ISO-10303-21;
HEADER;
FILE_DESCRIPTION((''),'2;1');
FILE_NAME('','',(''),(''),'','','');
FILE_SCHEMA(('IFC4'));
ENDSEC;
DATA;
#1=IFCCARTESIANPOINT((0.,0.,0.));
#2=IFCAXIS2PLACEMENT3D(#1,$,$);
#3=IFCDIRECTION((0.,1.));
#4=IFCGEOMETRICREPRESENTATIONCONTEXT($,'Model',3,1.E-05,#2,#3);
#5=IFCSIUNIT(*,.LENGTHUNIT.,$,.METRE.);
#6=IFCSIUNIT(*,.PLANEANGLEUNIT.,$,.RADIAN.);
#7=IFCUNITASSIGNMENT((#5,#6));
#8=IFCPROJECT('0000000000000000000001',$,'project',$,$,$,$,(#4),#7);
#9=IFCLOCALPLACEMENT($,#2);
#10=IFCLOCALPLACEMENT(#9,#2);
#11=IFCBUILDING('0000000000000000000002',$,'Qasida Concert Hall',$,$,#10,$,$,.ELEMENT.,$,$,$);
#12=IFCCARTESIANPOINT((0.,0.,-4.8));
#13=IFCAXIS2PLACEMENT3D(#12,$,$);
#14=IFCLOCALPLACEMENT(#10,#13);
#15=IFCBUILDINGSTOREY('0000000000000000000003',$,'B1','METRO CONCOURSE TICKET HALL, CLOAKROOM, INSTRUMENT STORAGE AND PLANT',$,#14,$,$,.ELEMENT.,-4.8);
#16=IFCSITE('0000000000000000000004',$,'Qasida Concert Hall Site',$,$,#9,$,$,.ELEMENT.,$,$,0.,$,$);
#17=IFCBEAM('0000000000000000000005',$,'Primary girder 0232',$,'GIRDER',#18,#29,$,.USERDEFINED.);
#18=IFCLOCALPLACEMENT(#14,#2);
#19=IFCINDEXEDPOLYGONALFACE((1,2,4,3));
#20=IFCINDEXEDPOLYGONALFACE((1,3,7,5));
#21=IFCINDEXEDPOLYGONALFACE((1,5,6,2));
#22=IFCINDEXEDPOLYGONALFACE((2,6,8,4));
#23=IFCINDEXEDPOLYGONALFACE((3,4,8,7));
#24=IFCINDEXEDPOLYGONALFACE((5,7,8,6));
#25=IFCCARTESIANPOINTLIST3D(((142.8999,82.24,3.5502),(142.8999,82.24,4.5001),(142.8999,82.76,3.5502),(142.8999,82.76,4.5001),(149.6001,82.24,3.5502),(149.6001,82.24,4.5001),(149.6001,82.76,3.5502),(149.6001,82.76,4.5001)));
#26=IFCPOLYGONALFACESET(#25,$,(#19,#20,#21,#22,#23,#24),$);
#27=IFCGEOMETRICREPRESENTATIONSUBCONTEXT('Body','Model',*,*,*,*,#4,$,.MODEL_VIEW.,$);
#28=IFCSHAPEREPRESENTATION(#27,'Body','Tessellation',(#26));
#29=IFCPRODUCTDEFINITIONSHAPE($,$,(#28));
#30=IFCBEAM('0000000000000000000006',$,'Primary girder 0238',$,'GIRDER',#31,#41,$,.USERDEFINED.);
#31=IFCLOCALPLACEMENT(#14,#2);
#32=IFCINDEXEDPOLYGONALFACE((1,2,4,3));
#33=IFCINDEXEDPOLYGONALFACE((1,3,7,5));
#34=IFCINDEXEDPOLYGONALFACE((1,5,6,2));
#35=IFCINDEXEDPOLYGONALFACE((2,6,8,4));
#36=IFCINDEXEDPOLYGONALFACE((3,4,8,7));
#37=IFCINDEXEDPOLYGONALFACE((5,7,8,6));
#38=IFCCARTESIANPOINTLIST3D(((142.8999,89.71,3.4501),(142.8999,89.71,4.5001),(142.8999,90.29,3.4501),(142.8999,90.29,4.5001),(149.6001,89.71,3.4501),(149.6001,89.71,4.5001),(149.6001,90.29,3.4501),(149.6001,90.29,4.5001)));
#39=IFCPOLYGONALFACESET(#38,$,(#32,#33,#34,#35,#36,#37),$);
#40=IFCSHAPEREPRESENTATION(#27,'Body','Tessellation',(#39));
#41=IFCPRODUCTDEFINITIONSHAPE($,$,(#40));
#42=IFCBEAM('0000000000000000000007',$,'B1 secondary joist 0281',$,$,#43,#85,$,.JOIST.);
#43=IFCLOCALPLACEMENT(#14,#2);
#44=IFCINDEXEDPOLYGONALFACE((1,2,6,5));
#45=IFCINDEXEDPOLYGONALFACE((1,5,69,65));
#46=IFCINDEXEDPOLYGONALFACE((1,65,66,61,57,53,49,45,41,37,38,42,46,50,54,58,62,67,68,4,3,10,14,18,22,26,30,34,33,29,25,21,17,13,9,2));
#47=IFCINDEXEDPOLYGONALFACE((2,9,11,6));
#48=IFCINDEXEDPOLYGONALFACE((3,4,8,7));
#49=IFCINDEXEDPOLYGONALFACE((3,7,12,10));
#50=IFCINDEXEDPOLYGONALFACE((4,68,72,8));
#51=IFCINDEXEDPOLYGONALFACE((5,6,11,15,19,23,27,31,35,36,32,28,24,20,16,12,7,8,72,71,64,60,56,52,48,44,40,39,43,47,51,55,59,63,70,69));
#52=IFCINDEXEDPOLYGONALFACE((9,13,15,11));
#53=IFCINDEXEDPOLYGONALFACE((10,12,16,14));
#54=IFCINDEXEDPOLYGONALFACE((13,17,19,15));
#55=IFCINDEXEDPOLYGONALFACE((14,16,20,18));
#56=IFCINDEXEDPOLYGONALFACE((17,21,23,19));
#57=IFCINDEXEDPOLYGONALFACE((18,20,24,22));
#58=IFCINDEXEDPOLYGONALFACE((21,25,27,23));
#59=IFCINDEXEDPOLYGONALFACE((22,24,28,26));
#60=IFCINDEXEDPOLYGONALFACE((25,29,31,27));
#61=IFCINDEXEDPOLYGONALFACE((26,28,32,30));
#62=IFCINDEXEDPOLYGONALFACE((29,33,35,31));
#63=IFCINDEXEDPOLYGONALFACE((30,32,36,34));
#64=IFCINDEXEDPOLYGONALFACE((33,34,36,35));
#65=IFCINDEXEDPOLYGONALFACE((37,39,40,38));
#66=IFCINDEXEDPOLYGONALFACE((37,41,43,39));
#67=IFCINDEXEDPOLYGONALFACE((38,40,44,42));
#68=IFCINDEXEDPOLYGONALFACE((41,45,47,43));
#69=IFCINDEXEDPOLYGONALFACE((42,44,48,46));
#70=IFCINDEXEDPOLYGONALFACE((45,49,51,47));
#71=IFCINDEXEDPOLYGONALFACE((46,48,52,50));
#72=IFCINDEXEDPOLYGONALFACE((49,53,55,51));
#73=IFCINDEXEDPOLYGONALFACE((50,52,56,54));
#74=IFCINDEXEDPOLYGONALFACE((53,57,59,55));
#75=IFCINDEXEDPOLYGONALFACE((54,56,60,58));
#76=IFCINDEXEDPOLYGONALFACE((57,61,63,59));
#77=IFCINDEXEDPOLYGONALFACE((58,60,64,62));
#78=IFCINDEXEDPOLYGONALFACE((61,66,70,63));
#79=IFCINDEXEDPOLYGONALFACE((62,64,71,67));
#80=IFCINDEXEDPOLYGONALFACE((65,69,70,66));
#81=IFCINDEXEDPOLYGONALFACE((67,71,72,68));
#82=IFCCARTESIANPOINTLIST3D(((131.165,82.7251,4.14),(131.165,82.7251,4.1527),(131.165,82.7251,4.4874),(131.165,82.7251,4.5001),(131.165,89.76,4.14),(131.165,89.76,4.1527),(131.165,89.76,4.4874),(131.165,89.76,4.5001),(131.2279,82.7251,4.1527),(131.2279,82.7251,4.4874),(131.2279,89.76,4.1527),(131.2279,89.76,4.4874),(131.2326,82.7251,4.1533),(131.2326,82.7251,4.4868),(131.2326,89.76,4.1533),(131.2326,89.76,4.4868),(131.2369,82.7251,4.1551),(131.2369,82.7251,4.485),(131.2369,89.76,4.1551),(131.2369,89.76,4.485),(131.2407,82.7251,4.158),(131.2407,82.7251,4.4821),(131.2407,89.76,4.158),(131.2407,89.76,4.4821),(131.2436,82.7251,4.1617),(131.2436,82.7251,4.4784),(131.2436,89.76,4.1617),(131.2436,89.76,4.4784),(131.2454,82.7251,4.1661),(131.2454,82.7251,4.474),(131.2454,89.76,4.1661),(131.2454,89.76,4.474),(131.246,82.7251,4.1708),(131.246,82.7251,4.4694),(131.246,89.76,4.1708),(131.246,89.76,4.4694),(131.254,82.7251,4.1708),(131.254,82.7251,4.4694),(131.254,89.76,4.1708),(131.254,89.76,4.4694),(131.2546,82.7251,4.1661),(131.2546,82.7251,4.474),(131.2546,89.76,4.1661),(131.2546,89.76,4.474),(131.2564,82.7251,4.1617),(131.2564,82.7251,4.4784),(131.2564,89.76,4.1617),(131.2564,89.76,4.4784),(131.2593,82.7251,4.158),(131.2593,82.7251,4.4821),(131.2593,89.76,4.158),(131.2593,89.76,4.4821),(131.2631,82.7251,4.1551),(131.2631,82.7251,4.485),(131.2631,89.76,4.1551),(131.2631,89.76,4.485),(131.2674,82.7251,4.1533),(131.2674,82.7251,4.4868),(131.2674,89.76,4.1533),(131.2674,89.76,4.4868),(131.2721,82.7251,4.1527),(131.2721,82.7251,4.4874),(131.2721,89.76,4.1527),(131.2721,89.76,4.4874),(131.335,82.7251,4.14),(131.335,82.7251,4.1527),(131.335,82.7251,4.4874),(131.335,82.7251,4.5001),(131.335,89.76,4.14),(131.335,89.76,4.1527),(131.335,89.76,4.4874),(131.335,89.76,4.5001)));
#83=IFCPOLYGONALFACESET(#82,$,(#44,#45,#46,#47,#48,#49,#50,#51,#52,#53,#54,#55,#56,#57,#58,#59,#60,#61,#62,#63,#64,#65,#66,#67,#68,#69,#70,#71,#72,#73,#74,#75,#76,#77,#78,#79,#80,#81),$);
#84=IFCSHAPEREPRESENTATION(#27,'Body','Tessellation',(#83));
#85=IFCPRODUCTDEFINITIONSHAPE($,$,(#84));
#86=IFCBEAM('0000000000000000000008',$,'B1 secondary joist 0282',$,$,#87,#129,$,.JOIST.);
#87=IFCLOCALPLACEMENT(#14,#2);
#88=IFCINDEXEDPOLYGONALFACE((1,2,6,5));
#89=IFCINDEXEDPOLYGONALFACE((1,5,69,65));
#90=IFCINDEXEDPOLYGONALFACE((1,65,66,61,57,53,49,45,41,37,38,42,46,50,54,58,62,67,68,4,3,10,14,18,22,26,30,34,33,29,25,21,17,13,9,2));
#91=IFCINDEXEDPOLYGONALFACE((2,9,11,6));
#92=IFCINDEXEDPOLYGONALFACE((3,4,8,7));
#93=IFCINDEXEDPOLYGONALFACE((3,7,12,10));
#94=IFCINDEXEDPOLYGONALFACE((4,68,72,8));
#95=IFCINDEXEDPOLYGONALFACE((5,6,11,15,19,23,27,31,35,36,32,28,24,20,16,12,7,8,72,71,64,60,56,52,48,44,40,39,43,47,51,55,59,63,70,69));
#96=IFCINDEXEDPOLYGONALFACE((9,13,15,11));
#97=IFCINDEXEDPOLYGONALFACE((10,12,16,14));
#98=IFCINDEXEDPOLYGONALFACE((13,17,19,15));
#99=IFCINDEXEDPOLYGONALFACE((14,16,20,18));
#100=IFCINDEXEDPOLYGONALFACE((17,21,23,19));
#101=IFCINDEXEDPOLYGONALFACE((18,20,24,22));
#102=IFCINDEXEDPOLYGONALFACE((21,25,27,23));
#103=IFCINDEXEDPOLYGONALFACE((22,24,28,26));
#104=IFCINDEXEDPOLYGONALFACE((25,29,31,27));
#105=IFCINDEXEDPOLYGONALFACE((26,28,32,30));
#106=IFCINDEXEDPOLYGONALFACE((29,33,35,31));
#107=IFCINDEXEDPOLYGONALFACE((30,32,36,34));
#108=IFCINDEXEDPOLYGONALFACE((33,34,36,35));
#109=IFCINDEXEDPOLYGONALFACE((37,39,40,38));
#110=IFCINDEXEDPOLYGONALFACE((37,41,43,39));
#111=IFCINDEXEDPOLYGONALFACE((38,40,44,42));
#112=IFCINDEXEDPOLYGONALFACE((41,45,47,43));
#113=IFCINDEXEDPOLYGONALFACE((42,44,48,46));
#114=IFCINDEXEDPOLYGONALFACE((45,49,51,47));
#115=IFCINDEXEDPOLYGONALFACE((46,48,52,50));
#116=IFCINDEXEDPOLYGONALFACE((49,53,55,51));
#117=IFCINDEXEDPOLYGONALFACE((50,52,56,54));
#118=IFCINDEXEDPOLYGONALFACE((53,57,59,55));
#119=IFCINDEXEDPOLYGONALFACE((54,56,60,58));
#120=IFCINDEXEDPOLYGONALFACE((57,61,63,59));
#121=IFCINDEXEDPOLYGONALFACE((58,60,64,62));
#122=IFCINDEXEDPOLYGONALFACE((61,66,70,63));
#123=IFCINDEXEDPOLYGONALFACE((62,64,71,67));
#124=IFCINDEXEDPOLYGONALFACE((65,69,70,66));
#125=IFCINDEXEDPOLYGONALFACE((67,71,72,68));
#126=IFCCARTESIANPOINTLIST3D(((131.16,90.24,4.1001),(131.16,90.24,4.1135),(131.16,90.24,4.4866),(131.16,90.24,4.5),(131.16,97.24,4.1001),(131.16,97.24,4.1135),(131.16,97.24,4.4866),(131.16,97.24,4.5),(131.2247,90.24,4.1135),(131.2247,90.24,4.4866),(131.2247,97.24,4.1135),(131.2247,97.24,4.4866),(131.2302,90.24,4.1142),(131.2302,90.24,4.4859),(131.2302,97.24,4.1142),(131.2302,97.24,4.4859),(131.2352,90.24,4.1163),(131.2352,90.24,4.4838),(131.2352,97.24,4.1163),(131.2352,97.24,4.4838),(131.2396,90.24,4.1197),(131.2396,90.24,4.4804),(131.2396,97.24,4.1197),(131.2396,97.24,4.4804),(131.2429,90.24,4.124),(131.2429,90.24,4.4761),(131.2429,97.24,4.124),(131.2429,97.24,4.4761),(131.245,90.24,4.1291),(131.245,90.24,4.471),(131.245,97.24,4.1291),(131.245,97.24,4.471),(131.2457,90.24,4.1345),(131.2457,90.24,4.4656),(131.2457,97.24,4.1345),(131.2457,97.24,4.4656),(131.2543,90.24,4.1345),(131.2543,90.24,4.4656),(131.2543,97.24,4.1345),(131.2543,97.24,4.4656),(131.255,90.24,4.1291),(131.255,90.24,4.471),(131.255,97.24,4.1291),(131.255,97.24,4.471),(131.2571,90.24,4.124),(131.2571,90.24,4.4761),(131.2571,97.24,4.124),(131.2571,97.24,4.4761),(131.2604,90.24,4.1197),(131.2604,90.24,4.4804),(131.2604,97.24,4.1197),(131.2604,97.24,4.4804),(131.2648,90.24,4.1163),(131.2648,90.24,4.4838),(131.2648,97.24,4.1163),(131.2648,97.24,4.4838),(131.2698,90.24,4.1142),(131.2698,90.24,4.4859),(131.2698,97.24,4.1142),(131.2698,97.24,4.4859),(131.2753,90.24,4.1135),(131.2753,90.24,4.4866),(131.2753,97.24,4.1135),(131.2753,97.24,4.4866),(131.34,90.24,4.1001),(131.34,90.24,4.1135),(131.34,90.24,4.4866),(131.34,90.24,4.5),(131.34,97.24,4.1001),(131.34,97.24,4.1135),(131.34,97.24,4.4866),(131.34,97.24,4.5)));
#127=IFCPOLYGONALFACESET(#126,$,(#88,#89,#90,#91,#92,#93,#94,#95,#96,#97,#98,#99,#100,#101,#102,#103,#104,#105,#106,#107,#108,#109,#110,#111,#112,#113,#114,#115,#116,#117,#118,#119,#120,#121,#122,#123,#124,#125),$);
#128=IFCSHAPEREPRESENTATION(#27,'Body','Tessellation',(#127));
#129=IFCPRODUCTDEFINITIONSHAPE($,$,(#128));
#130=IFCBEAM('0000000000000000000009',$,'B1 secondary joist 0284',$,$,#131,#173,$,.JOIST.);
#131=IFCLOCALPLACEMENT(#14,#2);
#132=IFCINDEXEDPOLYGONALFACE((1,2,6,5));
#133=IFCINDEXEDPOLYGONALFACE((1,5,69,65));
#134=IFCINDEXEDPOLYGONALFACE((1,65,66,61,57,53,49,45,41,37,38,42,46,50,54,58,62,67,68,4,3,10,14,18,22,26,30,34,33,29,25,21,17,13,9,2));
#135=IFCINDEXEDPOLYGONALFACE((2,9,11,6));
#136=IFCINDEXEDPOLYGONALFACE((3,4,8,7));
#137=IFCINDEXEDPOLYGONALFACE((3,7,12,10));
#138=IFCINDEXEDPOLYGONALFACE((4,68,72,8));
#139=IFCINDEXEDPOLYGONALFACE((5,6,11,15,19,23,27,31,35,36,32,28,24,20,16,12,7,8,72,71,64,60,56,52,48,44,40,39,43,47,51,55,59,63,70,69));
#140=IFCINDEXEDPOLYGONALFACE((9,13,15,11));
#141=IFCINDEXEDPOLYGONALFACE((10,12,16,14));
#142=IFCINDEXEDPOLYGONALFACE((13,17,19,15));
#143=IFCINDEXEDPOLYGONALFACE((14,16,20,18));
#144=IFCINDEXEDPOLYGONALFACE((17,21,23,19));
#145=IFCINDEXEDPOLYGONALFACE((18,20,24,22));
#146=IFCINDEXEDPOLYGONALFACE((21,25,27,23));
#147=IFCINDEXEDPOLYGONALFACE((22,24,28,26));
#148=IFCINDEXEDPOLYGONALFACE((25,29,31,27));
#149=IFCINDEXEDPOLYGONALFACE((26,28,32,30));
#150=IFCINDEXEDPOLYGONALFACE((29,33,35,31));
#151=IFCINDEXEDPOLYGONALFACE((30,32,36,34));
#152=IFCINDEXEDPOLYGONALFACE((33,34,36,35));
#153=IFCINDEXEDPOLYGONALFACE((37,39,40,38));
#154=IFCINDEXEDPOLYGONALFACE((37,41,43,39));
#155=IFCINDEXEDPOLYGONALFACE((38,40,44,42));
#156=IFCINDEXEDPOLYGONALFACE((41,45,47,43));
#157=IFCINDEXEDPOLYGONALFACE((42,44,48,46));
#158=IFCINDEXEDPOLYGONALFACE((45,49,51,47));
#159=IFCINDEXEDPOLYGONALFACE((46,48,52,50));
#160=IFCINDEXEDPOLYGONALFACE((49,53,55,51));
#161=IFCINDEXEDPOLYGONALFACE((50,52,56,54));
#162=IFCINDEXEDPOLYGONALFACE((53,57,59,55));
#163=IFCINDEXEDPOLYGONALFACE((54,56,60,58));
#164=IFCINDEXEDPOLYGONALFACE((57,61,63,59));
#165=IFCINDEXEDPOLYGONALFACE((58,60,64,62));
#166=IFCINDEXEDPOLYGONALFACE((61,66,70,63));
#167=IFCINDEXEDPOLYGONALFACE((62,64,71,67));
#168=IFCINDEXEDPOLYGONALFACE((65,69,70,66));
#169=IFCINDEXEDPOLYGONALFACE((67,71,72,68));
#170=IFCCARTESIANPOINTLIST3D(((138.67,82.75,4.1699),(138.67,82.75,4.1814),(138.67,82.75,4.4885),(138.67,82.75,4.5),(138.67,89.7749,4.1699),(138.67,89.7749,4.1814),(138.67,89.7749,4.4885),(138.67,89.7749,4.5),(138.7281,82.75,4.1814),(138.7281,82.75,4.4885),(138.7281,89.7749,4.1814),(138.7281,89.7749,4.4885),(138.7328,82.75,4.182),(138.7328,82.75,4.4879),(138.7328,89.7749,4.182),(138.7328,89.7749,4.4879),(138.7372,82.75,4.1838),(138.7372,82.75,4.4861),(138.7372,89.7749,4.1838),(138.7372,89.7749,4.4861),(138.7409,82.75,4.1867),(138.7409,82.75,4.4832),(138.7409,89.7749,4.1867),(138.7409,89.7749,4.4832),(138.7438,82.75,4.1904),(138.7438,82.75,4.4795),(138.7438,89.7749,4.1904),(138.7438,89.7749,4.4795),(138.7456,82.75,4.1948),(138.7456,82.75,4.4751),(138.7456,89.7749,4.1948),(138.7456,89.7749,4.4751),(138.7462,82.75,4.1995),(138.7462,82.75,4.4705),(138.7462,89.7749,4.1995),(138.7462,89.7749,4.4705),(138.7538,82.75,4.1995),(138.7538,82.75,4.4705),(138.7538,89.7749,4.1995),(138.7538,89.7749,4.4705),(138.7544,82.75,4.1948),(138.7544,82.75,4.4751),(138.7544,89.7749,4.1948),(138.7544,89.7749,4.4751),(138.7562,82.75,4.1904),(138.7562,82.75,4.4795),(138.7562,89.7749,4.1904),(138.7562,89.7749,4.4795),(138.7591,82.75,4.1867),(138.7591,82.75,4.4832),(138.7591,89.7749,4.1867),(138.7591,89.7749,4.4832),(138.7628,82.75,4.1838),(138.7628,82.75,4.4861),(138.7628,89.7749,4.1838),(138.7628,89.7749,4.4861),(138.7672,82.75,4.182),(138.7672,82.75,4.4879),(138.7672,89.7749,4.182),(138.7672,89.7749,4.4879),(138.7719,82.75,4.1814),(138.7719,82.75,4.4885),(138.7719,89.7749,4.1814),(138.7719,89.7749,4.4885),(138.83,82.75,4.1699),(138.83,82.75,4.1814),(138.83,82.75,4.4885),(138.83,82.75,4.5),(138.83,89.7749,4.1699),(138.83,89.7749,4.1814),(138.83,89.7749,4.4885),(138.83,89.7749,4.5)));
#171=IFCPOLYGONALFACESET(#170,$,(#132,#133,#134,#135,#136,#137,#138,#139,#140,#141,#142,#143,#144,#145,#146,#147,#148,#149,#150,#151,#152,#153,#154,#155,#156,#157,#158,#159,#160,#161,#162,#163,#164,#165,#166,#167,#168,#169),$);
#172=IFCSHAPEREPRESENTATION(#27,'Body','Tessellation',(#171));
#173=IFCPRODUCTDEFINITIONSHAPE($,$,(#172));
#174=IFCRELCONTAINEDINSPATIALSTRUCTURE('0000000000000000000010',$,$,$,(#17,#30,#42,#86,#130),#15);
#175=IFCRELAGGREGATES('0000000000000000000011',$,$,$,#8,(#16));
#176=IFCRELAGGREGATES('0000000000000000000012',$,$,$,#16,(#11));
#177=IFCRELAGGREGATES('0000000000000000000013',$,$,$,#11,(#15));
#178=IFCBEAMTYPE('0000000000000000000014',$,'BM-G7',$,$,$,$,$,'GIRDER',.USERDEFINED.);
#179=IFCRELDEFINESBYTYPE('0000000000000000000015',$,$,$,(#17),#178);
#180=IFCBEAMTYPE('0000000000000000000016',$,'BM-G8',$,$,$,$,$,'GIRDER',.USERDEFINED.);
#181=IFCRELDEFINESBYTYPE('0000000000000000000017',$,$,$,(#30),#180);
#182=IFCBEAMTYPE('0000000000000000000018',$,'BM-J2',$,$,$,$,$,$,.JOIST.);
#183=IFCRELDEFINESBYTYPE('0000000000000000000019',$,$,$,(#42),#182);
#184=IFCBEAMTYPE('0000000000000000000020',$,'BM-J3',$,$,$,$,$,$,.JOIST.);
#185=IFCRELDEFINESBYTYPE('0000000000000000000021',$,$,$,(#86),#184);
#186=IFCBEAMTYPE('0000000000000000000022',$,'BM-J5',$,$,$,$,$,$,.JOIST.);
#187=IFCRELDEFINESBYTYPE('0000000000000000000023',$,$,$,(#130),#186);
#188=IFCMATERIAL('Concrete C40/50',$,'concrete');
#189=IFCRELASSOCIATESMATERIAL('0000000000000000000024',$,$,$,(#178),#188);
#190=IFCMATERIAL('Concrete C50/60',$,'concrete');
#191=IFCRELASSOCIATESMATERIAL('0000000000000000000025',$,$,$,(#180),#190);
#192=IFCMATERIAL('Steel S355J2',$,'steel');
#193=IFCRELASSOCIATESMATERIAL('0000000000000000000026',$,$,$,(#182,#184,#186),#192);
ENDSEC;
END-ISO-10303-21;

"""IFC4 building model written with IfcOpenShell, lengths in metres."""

from ifc_helpers import new_model, si_unit, direction, frame, origin, origin_2d, place, context, subcontext, project, spatial, rectangle, i_section, extrude, material, material_profile, profile_set, type_object, element, save


model = new_model("IFC4")

# Units and contexts
model_context = context("Model", 3, precision=1e-05, world=origin(), true_north=direction((0.0, 1.0)))
body_context = subcontext(model_context, "Body", "Model", "MODEL_VIEW")
ifc_project = project(units=[si_unit("LENGTHUNIT", "METRE"), si_unit("PLANEANGLEUNIT", "RADIAN")], contexts=[model_context])

# Site, building, storey
site_placement = place(None, origin())
site = spatial("IfcSite", under=ifc_project, at=site_placement, Name="Qasida Concert Hall Site", CompositionType="ELEMENT", RefElevation=0.0)
building_placement = place(site_placement, origin())
building = spatial("IfcBuilding", under=site, at=building_placement, Name="Qasida Concert Hall", CompositionType="ELEMENT")
storey_placement = place(building_placement, frame((0.0, 0.0, -4.8)))
storey = spatial("IfcBuildingStorey", under=building, at=storey_placement, Name="B1", Description="METRO CONCOURSE TICKET HALL, CLOAKROOM, INSTRUMENT STORAGE AND PLANT", CompositionType="ELEMENT", Elevation=-4.8)

# Shared definitions
ifc_material_1 = material(Name="Concrete C40/50", Category="concrete")

# Shared definitions
ifc_material_2 = material(Name="Concrete C50/60", Category="concrete")

# Beams
ifc_material_3 = material(Name="Steel S355J2", Category="steel")
ifc_material_profile_1 = material_profile(ifc_material_1, rectangle(XDim=0.52, YDim=0.95, at=origin_2d()), Name="RC 520x950")
ifc_profile_set_1 = profile_set([ifc_material_profile_1], Name="Concrete C40/50")
beam_type_1 = type_object("IfcBeamType", Name="BM-G7", ElementType="GIRDER", PredefinedType="USERDEFINED", material=ifc_profile_set_1)
beam_1_placement = place(storey_placement, frame((142.8999, 82.5, 4.0251), z_axis=(1.0, 0.0, 0.0), x_axis=(0.0, 1.0, 0.0)))
element("IfcBeam", 1, at=beam_1_placement, inside=storey, type_object=beam_type_1, Name="Primary girder 0232", ObjectType="GIRDER", PredefinedType="USERDEFINED", context=body_context, shape_type="SweptSolid", body=[
    extrude(rectangle(XDim=0.52, YDim=0.95, at=origin_2d()), origin(), (0.0, 0.0, 1.0), 6.7002),
])
ifc_material_profile_2 = material_profile(ifc_material_2, rectangle(XDim=0.5801, YDim=1.05, at=origin_2d()), Name="RC 580x1050")
ifc_profile_set_2 = profile_set([ifc_material_profile_2], Name="Concrete C50/60")
beam_type_2 = type_object("IfcBeamType", Name="BM-G8", ElementType="GIRDER", PredefinedType="USERDEFINED", material=ifc_profile_set_2)
beam_2_placement = place(storey_placement, frame((142.8999, 90.0, 3.9751), z_axis=(1.0, 0.0, 0.0), x_axis=(0.0, 1.0, 0.0)))
element("IfcBeam", 2, at=beam_2_placement, inside=storey, type_object=beam_type_2, Name="Primary girder 0238", ObjectType="GIRDER", PredefinedType="USERDEFINED", context=body_context, shape_type="SweptSolid", body=[
    extrude(rectangle(XDim=0.5801, YDim=1.05, at=origin_2d()), origin(), (0.0, 0.0, 1.0), 6.7002),
])
ifc_material_profile_3 = material_profile(ifc_material_3, i_section(OverallWidth=0.1699, OverallDepth=0.3601, WebThickness=0.0081, FlangeThickness=0.0127, FilletRadius=0.0181, at=origin_2d()), Name="IPE 360")
ifc_profile_set_3 = profile_set([ifc_material_profile_3], Name="Steel S355J2")
beam_type_3 = type_object("IfcBeamType", Name="BM-J2", PredefinedType="JOIST", material=ifc_profile_set_3)
beam_3_placement = place(storey_placement, frame((131.25, 82.7251, 4.3201), z_axis=(0.0, 1.0, 0.0), x_axis=(-1.0, 0.0, 0.0)))
element("IfcBeam", 3, at=beam_3_placement, inside=storey, type_object=beam_type_3, Name="B1 secondary joist 0281", PredefinedType="JOIST", context=body_context, shape_type="SweptSolid", body=[
    extrude(i_section(OverallWidth=0.1699, OverallDepth=0.3601, WebThickness=0.0081, FlangeThickness=0.0127, FilletRadius=0.0181, at=origin_2d()), origin(), (0.0, 0.0, 1.0), 7.0349),
])
ifc_material_profile_4 = material_profile(ifc_material_3, i_section(OverallWidth=0.1799, OverallDepth=0.3999, WebThickness=0.0085, FlangeThickness=0.0134, FilletRadius=0.021, at=origin_2d()), Name="IPE 400")
ifc_profile_set_4 = profile_set([ifc_material_profile_4], Name="Steel S355J2")
beam_type_4 = type_object("IfcBeamType", Name="BM-J3", PredefinedType="JOIST", material=ifc_profile_set_4)
beam_4_placement = place(storey_placement, frame((131.25, 90.24, 4.3), z_axis=(0.0, 1.0, 0.0), x_axis=(-1.0, 0.0, 0.0)))
element("IfcBeam", 4, at=beam_4_placement, inside=storey, type_object=beam_type_4, Name="B1 secondary joist 0282", PredefinedType="JOIST", context=body_context, shape_type="SweptSolid", body=[
    extrude(i_section(OverallWidth=0.1799, OverallDepth=0.3999, WebThickness=0.0085, FlangeThickness=0.0134, FilletRadius=0.021, at=origin_2d()), origin(), (0.0, 0.0, 1.0), 7.0),
])
ifc_material_profile_5 = material_profile(ifc_material_3, i_section(OverallWidth=0.1599, OverallDepth=0.3301, WebThickness=0.0076, FlangeThickness=0.0115, FilletRadius=0.0181, at=origin_2d()), Name="IPE 330")
ifc_profile_set_5 = profile_set([ifc_material_profile_5], Name="Steel S355J2")
beam_type_5 = type_object("IfcBeamType", Name="BM-J5", PredefinedType="JOIST", material=ifc_profile_set_5)
beam_5_placement = place(storey_placement, frame((138.75, 82.75, 4.335), z_axis=(0.0, 1.0, 0.0), x_axis=(-1.0, 0.0, 0.0)))
element("IfcBeam", 5, at=beam_5_placement, inside=storey, type_object=beam_type_5, Name="B1 secondary joist 0284", PredefinedType="JOIST", context=body_context, shape_type="SweptSolid", body=[
    extrude(i_section(OverallWidth=0.1599, OverallDepth=0.3301, WebThickness=0.0076, FlangeThickness=0.0115, FilletRadius=0.0181, at=origin_2d()), origin(), (0.0, 0.0, 1.0), 7.0249),
])

save(model, "model.ifc")
